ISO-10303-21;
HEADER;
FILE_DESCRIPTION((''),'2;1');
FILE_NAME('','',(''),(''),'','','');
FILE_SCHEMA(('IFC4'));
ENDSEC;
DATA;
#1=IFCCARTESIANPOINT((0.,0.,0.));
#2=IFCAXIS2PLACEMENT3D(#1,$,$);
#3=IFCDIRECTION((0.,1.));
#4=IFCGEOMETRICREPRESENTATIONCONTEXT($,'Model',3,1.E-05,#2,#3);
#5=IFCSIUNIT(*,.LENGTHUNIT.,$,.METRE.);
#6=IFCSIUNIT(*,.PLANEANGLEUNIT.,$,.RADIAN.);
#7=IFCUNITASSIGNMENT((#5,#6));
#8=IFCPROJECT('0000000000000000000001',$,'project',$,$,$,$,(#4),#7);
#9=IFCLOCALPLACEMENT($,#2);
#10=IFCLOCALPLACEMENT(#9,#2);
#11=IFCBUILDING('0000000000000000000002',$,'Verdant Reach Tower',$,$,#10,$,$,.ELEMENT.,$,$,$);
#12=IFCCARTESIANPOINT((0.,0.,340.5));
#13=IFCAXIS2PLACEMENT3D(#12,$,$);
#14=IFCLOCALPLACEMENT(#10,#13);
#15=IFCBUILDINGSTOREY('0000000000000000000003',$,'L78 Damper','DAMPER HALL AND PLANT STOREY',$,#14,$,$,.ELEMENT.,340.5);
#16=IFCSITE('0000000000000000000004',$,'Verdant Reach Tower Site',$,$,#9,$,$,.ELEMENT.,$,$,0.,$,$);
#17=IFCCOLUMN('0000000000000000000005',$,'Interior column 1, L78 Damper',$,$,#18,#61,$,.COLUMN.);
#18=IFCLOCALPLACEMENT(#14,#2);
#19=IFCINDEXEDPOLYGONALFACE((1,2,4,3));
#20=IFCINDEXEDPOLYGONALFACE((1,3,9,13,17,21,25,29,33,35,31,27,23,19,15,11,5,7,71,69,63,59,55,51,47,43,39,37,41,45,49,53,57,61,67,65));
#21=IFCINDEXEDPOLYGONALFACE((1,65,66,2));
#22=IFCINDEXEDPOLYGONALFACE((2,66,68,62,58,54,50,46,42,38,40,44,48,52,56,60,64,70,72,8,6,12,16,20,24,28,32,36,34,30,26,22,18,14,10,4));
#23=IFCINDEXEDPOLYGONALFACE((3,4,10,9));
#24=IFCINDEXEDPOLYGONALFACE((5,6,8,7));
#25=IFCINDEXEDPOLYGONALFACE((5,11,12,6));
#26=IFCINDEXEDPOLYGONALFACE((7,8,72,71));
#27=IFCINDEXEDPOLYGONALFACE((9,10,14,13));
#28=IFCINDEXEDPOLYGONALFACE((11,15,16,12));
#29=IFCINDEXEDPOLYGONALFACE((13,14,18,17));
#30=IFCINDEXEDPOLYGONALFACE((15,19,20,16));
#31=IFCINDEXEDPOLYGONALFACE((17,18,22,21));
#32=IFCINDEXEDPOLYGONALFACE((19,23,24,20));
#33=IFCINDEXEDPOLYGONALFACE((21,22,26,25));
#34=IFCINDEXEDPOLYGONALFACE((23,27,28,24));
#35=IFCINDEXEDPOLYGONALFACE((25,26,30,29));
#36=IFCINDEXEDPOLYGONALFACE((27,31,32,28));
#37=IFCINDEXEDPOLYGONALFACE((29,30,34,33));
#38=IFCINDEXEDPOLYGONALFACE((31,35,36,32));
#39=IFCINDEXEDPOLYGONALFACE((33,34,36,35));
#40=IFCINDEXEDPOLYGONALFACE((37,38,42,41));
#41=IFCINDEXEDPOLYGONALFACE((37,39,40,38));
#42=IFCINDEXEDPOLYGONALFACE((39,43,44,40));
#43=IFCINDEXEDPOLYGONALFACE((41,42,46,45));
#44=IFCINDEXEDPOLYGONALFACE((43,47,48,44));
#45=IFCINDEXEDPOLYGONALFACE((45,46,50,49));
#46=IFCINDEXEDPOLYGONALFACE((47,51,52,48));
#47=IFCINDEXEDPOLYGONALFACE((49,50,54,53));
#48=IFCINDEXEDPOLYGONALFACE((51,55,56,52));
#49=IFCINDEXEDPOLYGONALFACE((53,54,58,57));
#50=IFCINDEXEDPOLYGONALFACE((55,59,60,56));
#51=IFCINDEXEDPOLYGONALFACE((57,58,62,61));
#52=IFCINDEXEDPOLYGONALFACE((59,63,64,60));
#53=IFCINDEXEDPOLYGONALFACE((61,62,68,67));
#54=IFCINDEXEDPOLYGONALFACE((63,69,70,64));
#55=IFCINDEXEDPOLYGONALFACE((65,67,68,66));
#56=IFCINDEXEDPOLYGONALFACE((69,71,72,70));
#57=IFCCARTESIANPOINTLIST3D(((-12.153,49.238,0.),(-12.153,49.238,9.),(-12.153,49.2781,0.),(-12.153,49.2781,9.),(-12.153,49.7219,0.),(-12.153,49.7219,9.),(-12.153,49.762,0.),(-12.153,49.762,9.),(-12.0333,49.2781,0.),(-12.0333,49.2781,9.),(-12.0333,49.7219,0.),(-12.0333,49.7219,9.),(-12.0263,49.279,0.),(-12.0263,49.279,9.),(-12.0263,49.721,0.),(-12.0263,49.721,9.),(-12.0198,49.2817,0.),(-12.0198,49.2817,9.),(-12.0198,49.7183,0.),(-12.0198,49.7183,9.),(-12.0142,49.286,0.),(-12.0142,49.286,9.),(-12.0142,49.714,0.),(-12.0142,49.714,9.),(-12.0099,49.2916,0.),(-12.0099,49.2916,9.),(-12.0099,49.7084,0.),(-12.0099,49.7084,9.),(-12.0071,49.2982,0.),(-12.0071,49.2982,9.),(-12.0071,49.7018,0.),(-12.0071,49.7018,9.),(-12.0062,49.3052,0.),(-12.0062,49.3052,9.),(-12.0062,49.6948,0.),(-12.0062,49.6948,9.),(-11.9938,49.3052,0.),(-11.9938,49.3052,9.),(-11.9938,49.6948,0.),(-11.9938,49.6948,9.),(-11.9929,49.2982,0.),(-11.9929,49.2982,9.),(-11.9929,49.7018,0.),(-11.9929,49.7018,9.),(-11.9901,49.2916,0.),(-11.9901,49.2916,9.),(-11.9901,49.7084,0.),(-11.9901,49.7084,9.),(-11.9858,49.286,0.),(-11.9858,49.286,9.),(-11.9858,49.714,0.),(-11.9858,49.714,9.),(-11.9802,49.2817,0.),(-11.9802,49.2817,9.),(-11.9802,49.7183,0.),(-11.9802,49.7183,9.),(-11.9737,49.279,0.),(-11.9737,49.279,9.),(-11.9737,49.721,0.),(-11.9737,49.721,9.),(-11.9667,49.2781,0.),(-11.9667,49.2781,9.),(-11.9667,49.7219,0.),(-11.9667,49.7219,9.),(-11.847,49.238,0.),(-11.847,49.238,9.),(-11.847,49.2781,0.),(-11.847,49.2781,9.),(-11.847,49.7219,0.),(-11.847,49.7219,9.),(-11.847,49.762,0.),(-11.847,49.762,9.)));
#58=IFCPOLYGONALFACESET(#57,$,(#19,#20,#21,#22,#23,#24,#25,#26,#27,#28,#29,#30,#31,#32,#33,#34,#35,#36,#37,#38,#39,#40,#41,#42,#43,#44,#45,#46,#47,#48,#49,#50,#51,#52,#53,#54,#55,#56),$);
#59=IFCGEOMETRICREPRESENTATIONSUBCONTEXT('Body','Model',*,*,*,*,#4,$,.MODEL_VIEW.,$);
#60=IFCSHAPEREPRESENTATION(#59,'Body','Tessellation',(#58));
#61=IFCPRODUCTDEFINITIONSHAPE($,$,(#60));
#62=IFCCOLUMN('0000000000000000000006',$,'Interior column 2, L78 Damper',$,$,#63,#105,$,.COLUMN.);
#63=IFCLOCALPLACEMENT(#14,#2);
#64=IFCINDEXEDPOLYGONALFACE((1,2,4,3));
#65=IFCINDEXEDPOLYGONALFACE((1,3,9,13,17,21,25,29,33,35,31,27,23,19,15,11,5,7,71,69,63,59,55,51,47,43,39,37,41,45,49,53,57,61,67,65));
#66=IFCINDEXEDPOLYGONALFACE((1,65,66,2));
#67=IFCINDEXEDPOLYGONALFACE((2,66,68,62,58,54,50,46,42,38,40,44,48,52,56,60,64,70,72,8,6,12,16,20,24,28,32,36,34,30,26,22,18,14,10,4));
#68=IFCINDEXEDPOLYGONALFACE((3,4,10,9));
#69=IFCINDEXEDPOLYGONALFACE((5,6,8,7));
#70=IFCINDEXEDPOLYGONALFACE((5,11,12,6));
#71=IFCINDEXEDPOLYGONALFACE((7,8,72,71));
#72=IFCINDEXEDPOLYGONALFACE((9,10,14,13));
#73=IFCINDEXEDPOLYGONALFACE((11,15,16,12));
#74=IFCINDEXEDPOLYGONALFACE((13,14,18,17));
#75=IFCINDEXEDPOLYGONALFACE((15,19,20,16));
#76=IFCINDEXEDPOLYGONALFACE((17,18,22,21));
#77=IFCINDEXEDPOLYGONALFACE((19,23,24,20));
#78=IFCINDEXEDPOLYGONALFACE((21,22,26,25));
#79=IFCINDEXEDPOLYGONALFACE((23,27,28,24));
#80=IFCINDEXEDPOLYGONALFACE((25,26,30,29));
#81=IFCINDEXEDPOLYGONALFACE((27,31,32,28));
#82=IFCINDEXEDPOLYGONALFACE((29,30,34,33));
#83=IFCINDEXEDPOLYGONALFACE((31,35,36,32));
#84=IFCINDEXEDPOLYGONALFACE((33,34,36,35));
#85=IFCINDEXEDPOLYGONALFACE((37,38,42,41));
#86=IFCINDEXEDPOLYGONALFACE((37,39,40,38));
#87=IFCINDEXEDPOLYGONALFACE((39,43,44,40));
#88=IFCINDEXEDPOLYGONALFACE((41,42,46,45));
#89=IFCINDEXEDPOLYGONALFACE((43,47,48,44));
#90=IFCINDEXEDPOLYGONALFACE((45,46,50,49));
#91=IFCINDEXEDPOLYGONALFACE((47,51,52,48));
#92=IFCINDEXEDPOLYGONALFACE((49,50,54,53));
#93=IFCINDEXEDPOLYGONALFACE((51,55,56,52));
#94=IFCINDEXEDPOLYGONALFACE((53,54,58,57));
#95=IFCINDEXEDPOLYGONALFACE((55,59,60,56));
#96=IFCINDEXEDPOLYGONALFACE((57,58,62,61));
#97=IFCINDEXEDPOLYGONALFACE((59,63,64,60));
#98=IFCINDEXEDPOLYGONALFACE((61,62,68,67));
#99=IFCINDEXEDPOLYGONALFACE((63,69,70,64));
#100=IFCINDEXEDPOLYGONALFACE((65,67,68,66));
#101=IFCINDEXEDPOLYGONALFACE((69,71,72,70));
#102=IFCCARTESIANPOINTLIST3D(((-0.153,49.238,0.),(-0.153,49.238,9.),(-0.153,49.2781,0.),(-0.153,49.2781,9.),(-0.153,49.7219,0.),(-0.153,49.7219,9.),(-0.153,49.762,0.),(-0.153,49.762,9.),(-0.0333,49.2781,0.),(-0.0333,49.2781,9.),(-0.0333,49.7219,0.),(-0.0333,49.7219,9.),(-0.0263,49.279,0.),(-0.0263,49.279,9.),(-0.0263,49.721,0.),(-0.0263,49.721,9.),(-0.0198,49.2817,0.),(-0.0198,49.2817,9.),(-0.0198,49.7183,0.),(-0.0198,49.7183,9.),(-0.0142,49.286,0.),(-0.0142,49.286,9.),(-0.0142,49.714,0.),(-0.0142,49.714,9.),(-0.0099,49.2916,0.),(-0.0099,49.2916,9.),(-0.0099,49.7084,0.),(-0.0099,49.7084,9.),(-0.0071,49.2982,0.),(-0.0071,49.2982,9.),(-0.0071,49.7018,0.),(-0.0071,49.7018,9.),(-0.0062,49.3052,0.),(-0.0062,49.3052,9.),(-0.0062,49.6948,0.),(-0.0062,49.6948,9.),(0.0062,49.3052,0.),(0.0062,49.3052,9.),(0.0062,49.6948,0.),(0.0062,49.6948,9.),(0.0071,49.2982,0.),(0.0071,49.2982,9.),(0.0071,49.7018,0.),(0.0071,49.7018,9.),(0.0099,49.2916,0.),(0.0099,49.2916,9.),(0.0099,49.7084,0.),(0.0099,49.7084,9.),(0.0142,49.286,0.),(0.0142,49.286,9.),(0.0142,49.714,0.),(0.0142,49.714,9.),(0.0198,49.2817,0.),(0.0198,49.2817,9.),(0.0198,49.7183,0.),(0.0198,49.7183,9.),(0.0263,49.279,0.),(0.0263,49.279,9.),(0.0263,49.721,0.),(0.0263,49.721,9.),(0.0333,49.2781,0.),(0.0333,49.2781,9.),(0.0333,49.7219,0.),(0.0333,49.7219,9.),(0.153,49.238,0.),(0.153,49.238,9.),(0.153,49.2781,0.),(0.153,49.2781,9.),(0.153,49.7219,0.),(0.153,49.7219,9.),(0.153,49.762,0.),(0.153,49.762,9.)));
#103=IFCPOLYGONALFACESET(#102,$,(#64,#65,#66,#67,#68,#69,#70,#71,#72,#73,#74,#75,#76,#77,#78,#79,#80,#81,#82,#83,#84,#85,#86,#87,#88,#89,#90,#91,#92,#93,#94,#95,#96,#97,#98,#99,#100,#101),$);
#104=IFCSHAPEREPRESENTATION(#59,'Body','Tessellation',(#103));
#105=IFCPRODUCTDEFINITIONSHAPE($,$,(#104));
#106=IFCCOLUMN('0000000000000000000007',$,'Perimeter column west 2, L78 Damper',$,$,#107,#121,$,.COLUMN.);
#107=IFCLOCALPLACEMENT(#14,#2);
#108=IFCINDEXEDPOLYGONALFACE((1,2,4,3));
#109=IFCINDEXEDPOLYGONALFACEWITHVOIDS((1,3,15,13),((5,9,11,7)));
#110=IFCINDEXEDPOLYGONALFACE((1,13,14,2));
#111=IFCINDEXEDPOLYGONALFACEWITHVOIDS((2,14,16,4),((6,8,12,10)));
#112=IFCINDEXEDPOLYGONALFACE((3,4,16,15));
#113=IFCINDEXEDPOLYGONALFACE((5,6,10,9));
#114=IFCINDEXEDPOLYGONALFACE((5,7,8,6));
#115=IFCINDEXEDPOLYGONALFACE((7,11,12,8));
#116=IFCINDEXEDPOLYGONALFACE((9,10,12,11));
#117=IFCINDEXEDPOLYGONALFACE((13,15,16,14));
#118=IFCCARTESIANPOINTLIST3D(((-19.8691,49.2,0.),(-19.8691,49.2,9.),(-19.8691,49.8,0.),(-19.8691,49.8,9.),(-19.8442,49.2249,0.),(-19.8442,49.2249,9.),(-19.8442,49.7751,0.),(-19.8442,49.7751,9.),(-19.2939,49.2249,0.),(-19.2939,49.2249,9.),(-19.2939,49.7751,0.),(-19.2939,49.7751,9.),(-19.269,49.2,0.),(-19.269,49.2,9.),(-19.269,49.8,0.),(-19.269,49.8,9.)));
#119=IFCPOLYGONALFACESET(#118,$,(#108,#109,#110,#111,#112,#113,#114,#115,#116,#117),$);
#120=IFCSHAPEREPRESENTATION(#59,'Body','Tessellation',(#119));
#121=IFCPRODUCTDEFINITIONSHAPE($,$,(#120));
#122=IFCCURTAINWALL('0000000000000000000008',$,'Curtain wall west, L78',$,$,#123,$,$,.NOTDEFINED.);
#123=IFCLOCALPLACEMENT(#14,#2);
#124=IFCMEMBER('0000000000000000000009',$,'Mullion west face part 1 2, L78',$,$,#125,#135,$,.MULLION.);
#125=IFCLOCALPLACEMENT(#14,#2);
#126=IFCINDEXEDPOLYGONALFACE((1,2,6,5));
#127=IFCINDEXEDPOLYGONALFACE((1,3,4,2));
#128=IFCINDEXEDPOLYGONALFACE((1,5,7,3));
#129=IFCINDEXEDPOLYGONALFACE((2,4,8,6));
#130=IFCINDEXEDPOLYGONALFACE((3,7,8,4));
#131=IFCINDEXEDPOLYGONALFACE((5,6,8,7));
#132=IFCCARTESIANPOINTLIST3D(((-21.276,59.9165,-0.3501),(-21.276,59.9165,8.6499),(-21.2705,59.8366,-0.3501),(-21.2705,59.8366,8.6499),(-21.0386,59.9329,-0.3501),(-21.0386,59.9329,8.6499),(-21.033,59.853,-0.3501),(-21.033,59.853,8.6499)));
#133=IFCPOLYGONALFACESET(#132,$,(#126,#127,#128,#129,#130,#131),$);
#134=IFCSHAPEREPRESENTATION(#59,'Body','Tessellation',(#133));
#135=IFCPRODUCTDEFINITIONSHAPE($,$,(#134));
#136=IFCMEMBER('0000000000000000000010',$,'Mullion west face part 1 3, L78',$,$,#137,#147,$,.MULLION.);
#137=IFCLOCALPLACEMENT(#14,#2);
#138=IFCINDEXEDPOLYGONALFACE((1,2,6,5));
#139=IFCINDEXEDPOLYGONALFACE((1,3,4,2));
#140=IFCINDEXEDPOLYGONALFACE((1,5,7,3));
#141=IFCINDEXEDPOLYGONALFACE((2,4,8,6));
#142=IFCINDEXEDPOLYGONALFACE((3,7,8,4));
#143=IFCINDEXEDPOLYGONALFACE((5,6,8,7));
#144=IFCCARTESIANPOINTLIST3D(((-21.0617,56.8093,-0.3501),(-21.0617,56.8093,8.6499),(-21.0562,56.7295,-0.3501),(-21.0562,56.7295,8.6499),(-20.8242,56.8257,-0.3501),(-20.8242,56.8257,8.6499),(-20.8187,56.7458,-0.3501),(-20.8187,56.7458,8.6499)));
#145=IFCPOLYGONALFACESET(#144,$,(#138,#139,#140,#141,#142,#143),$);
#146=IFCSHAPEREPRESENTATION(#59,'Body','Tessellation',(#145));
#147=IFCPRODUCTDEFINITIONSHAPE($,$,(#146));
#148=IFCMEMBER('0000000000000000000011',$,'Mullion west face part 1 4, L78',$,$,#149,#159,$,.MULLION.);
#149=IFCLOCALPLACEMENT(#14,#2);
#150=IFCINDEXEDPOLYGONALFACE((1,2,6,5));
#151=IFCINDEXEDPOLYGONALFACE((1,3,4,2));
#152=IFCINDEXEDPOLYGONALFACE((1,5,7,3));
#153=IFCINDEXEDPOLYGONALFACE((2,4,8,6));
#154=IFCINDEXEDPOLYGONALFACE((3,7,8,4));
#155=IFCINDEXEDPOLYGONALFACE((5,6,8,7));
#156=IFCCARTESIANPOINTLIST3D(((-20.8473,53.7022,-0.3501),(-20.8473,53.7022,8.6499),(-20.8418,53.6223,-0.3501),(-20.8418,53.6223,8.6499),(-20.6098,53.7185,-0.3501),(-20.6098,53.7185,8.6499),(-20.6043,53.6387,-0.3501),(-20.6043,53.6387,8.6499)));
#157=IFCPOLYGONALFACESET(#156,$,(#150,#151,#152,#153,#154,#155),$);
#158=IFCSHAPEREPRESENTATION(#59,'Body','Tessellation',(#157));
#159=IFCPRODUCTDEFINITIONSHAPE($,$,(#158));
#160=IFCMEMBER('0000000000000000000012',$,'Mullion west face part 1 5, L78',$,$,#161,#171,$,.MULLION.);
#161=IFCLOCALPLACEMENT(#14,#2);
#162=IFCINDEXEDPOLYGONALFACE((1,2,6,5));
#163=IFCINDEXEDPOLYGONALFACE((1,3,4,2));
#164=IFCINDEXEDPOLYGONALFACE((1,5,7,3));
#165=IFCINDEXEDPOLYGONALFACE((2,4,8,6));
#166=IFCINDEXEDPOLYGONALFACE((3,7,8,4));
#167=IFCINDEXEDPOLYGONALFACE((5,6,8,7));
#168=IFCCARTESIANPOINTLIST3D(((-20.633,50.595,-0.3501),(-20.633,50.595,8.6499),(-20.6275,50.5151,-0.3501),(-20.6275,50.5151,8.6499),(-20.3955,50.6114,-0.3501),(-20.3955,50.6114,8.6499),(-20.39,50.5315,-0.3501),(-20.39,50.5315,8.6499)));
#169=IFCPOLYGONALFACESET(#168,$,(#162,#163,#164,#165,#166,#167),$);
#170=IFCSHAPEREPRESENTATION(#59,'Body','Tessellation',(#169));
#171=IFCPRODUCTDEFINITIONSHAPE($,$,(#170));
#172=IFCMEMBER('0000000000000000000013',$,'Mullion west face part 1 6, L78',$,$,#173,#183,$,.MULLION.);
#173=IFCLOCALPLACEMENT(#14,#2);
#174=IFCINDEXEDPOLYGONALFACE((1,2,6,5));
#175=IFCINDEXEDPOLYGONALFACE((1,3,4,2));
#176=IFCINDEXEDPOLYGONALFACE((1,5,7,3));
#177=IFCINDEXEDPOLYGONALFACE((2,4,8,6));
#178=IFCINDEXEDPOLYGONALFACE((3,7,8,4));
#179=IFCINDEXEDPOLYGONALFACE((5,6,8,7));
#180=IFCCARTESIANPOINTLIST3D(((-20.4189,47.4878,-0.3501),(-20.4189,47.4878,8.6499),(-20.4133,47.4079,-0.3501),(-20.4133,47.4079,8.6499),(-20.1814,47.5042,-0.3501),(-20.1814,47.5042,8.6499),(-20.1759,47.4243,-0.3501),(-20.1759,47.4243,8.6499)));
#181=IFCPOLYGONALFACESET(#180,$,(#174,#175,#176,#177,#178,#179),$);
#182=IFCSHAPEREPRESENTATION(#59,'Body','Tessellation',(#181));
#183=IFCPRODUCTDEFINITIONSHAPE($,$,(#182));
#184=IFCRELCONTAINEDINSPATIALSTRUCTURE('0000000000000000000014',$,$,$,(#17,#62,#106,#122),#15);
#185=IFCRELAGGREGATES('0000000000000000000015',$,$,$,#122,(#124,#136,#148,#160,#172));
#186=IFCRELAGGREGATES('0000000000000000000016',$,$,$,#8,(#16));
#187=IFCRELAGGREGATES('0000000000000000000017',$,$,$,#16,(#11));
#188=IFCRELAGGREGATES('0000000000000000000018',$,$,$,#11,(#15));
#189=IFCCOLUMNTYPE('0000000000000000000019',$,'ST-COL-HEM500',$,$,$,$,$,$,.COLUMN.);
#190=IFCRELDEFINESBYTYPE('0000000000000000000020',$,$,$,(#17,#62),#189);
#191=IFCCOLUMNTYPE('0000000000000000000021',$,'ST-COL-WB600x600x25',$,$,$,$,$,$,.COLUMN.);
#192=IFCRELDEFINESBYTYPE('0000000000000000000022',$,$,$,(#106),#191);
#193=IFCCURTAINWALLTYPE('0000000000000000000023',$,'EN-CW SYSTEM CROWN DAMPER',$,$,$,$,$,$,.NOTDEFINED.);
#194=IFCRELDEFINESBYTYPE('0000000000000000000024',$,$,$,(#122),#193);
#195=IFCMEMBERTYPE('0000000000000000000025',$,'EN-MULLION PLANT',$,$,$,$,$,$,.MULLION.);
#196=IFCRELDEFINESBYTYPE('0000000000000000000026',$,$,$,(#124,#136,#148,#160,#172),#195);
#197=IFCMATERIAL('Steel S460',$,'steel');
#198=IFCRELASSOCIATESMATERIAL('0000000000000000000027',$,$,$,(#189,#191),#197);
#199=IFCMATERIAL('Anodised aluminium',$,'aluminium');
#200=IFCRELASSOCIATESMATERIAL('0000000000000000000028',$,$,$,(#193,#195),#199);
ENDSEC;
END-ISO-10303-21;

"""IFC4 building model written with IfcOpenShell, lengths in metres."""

from ifc_helpers import new_model, si_unit, direction, frame, origin, origin_2d, place, context, subcontext, project, spatial, rectangle, hollow_rectangle, i_section, extrude, material, material_profile, profile_set, type_object, element, aggregate, save


model = new_model("IFC4")

# Units and contexts
model_context = context("Model", 3, precision=1e-05, world=origin(), true_north=direction((0.0, 1.0)))
body_context = subcontext(model_context, "Body", "Model", "MODEL_VIEW")
ifc_project = project(units=[si_unit("LENGTHUNIT", "METRE"), si_unit("PLANEANGLEUNIT", "RADIAN")], contexts=[model_context])

# Site, building, storey
site_placement = place(None, origin())
site = spatial("IfcSite", under=ifc_project, at=site_placement, Name="Verdant Reach Tower Site", CompositionType="ELEMENT", RefElevation=0.0)
building_placement = place(site_placement, origin())
building = spatial("IfcBuilding", under=site, at=building_placement, Name="Verdant Reach Tower", CompositionType="ELEMENT")
storey_placement = place(building_placement, frame((0.0, 0.0, 340.5)))
storey = spatial("IfcBuildingStorey", under=building, at=storey_placement, Name="L78 Damper", Description="DAMPER HALL AND PLANT STOREY", CompositionType="ELEMENT", Elevation=340.5)

# Columns
ifc_material_1 = material(Name="Steel S460", Category="steel")
ifc_material_profile_1 = material_profile(ifc_material_1, i_section(OverallWidth=0.3059, OverallDepth=0.5239, WebThickness=0.0125, FlangeThickness=0.04, FilletRadius=0.0271, at=origin_2d()), Name="HEM 500")
ifc_profile_set_1 = profile_set([ifc_material_profile_1], Name="Steel S460")
column_type_1 = type_object("IfcColumnType", Name="ST-COL-HEM500", PredefinedType="COLUMN", material=ifc_profile_set_1)
for number, where, z_axis, x_axis, name in (
    (1, (-12.0, 49.5, 0.0), (0.0, 0.0, 1.0), (1.0, 0.0, 0.0), "Interior column 1, L78 Damper"),
    (2, (0.0, 49.5, 0.0), (0.0, 0.0, 1.0), (1.0, 0.0, 0.0), "Interior column 2, L78 Damper"),
):
    element("IfcColumn", number, at=place(storey_placement, frame(where, z_axis=z_axis, x_axis=x_axis)), inside=storey, type_object=column_type_1, Name=name, PredefinedType="COLUMN", context=body_context, shape_type="SweptSolid", body=[
        extrude(i_section(OverallWidth=0.3059, OverallDepth=0.5239, WebThickness=0.0125, FlangeThickness=0.04, FilletRadius=0.0271, at=origin_2d()), origin(), (0.0, 0.0, 1.0), 9.0),
    ])
ifc_material_profile_2 = material_profile(ifc_material_1, hollow_rectangle(XDim=0.6001, YDim=0.6001, WallThickness=0.0249, at=origin_2d()), Name="WB 600x600x25")
ifc_profile_set_2 = profile_set([ifc_material_profile_2], Name="Steel S460")
column_type_2 = type_object("IfcColumnType", Name="ST-COL-WB600x600x25", PredefinedType="COLUMN", material=ifc_profile_set_2)
column_placement = place(storey_placement, frame((-19.5691, 49.5, 0.0), z_axis=(0.0, 0.0, 1.0), x_axis=(1.0, 0.0, 0.0)))
element("IfcColumn", 3, at=column_placement, inside=storey, type_object=column_type_2, Name="Perimeter column west 2, L78 Damper", PredefinedType="COLUMN", context=body_context, shape_type="SweptSolid", body=[
    extrude(hollow_rectangle(XDim=0.6001, YDim=0.6001, WallThickness=0.0249, at=origin_2d()), origin(), (0.0, 0.0, 1.0), 9.0),
])

# Curtain wall, members
ifc_material_2 = material(Name="Anodised aluminium", Category="aluminium")
curtain_wall_type = type_object("IfcCurtainWallType", Name="EN-CW SYSTEM CROWN DAMPER", PredefinedType="NOTDEFINED", material=ifc_material_2)
curtain_wall_placement = place(storey_placement, origin())
curtain_wall = element("IfcCurtainWall", 4, at=curtain_wall_placement, inside=storey, type_object=curtain_wall_type, Name="Curtain wall west, L78", PredefinedType="NOTDEFINED")
ifc_material_profile_3 = material_profile(ifc_material_2, rectangle(XDim=0.238, YDim=0.0801, at=origin_2d()), Name="Mullion 80x240")
ifc_profile_set_3 = profile_set([ifc_material_profile_3], Name="Anodised aluminium")
member_type = type_object("IfcMemberType", Name="EN-MULLION PLANT", PredefinedType="MULLION", material=ifc_profile_set_3)
member_1_placement = place(storey_placement, frame((-21.1545, 59.8848, -0.3501), z_axis=(0.0, 0.0, 1.0), x_axis=(-0.99763, -0.068802, 0.0)))
member_1 = element("IfcMember", 5, at=member_1_placement, type_object=member_type, Name="Mullion west face part 1 2, L78", PredefinedType="MULLION", context=body_context, shape_type="SweptSolid", body=[
    extrude(rectangle(XDim=0.238, YDim=0.0801, at=origin_2d()), origin(), (0.0, 0.0, 1.0), 9.0),
])
member_2_placement = place(storey_placement, frame((-20.9402, 56.7776, -0.3501), z_axis=(0.0, 0.0, 1.0), x_axis=(-0.99763, -0.068802, 0.0)))
member_2 = element("IfcMember", 6, at=member_2_placement, type_object=member_type, Name="Mullion west face part 1 3, L78", PredefinedType="MULLION", context=body_context, shape_type="SweptSolid", body=[
    extrude(rectangle(XDim=0.238, YDim=0.0801, at=origin_2d()), origin(), (0.0, 0.0, 1.0), 9.0),
])
member_3_placement = place(storey_placement, frame((-20.7258, 53.6704, -0.3501), z_axis=(0.0, 0.0, 1.0), x_axis=(-0.99763, -0.068802, 0.0)))
member_3 = element("IfcMember", 7, at=member_3_placement, type_object=member_type, Name="Mullion west face part 1 4, L78", PredefinedType="MULLION", context=body_context, shape_type="SweptSolid", body=[
    extrude(rectangle(XDim=0.238, YDim=0.0801, at=origin_2d()), origin(), (0.0, 0.0, 1.0), 9.0),
])
member_4_placement = place(storey_placement, frame((-20.5115, 50.5632, -0.3501), z_axis=(0.0, 0.0, 1.0), x_axis=(-0.99763, -0.068802, 0.0)))
member_4 = element("IfcMember", 8, at=member_4_placement, type_object=member_type, Name="Mullion west face part 1 5, L78", PredefinedType="MULLION", context=body_context, shape_type="SweptSolid", body=[
    extrude(rectangle(XDim=0.238, YDim=0.0801, at=origin_2d()), origin(), (0.0, 0.0, 1.0), 9.0),
])
member_5_placement = place(storey_placement, frame((-20.2974, 47.4561, -0.3501), z_axis=(0.0, 0.0, 1.0), x_axis=(-0.99763, -0.068802, 0.0)))
member_5 = element("IfcMember", 9, at=member_5_placement, type_object=member_type, Name="Mullion west face part 1 6, L78", PredefinedType="MULLION", context=body_context, shape_type="SweptSolid", body=[
    extrude(rectangle(XDim=0.238, YDim=0.0801, at=origin_2d()), origin(), (0.0, 0.0, 1.0), 9.0),
])

aggregate(curtain_wall, [member_1, member_2, member_3, member_4, member_5])

save(model, "model.ifc")
